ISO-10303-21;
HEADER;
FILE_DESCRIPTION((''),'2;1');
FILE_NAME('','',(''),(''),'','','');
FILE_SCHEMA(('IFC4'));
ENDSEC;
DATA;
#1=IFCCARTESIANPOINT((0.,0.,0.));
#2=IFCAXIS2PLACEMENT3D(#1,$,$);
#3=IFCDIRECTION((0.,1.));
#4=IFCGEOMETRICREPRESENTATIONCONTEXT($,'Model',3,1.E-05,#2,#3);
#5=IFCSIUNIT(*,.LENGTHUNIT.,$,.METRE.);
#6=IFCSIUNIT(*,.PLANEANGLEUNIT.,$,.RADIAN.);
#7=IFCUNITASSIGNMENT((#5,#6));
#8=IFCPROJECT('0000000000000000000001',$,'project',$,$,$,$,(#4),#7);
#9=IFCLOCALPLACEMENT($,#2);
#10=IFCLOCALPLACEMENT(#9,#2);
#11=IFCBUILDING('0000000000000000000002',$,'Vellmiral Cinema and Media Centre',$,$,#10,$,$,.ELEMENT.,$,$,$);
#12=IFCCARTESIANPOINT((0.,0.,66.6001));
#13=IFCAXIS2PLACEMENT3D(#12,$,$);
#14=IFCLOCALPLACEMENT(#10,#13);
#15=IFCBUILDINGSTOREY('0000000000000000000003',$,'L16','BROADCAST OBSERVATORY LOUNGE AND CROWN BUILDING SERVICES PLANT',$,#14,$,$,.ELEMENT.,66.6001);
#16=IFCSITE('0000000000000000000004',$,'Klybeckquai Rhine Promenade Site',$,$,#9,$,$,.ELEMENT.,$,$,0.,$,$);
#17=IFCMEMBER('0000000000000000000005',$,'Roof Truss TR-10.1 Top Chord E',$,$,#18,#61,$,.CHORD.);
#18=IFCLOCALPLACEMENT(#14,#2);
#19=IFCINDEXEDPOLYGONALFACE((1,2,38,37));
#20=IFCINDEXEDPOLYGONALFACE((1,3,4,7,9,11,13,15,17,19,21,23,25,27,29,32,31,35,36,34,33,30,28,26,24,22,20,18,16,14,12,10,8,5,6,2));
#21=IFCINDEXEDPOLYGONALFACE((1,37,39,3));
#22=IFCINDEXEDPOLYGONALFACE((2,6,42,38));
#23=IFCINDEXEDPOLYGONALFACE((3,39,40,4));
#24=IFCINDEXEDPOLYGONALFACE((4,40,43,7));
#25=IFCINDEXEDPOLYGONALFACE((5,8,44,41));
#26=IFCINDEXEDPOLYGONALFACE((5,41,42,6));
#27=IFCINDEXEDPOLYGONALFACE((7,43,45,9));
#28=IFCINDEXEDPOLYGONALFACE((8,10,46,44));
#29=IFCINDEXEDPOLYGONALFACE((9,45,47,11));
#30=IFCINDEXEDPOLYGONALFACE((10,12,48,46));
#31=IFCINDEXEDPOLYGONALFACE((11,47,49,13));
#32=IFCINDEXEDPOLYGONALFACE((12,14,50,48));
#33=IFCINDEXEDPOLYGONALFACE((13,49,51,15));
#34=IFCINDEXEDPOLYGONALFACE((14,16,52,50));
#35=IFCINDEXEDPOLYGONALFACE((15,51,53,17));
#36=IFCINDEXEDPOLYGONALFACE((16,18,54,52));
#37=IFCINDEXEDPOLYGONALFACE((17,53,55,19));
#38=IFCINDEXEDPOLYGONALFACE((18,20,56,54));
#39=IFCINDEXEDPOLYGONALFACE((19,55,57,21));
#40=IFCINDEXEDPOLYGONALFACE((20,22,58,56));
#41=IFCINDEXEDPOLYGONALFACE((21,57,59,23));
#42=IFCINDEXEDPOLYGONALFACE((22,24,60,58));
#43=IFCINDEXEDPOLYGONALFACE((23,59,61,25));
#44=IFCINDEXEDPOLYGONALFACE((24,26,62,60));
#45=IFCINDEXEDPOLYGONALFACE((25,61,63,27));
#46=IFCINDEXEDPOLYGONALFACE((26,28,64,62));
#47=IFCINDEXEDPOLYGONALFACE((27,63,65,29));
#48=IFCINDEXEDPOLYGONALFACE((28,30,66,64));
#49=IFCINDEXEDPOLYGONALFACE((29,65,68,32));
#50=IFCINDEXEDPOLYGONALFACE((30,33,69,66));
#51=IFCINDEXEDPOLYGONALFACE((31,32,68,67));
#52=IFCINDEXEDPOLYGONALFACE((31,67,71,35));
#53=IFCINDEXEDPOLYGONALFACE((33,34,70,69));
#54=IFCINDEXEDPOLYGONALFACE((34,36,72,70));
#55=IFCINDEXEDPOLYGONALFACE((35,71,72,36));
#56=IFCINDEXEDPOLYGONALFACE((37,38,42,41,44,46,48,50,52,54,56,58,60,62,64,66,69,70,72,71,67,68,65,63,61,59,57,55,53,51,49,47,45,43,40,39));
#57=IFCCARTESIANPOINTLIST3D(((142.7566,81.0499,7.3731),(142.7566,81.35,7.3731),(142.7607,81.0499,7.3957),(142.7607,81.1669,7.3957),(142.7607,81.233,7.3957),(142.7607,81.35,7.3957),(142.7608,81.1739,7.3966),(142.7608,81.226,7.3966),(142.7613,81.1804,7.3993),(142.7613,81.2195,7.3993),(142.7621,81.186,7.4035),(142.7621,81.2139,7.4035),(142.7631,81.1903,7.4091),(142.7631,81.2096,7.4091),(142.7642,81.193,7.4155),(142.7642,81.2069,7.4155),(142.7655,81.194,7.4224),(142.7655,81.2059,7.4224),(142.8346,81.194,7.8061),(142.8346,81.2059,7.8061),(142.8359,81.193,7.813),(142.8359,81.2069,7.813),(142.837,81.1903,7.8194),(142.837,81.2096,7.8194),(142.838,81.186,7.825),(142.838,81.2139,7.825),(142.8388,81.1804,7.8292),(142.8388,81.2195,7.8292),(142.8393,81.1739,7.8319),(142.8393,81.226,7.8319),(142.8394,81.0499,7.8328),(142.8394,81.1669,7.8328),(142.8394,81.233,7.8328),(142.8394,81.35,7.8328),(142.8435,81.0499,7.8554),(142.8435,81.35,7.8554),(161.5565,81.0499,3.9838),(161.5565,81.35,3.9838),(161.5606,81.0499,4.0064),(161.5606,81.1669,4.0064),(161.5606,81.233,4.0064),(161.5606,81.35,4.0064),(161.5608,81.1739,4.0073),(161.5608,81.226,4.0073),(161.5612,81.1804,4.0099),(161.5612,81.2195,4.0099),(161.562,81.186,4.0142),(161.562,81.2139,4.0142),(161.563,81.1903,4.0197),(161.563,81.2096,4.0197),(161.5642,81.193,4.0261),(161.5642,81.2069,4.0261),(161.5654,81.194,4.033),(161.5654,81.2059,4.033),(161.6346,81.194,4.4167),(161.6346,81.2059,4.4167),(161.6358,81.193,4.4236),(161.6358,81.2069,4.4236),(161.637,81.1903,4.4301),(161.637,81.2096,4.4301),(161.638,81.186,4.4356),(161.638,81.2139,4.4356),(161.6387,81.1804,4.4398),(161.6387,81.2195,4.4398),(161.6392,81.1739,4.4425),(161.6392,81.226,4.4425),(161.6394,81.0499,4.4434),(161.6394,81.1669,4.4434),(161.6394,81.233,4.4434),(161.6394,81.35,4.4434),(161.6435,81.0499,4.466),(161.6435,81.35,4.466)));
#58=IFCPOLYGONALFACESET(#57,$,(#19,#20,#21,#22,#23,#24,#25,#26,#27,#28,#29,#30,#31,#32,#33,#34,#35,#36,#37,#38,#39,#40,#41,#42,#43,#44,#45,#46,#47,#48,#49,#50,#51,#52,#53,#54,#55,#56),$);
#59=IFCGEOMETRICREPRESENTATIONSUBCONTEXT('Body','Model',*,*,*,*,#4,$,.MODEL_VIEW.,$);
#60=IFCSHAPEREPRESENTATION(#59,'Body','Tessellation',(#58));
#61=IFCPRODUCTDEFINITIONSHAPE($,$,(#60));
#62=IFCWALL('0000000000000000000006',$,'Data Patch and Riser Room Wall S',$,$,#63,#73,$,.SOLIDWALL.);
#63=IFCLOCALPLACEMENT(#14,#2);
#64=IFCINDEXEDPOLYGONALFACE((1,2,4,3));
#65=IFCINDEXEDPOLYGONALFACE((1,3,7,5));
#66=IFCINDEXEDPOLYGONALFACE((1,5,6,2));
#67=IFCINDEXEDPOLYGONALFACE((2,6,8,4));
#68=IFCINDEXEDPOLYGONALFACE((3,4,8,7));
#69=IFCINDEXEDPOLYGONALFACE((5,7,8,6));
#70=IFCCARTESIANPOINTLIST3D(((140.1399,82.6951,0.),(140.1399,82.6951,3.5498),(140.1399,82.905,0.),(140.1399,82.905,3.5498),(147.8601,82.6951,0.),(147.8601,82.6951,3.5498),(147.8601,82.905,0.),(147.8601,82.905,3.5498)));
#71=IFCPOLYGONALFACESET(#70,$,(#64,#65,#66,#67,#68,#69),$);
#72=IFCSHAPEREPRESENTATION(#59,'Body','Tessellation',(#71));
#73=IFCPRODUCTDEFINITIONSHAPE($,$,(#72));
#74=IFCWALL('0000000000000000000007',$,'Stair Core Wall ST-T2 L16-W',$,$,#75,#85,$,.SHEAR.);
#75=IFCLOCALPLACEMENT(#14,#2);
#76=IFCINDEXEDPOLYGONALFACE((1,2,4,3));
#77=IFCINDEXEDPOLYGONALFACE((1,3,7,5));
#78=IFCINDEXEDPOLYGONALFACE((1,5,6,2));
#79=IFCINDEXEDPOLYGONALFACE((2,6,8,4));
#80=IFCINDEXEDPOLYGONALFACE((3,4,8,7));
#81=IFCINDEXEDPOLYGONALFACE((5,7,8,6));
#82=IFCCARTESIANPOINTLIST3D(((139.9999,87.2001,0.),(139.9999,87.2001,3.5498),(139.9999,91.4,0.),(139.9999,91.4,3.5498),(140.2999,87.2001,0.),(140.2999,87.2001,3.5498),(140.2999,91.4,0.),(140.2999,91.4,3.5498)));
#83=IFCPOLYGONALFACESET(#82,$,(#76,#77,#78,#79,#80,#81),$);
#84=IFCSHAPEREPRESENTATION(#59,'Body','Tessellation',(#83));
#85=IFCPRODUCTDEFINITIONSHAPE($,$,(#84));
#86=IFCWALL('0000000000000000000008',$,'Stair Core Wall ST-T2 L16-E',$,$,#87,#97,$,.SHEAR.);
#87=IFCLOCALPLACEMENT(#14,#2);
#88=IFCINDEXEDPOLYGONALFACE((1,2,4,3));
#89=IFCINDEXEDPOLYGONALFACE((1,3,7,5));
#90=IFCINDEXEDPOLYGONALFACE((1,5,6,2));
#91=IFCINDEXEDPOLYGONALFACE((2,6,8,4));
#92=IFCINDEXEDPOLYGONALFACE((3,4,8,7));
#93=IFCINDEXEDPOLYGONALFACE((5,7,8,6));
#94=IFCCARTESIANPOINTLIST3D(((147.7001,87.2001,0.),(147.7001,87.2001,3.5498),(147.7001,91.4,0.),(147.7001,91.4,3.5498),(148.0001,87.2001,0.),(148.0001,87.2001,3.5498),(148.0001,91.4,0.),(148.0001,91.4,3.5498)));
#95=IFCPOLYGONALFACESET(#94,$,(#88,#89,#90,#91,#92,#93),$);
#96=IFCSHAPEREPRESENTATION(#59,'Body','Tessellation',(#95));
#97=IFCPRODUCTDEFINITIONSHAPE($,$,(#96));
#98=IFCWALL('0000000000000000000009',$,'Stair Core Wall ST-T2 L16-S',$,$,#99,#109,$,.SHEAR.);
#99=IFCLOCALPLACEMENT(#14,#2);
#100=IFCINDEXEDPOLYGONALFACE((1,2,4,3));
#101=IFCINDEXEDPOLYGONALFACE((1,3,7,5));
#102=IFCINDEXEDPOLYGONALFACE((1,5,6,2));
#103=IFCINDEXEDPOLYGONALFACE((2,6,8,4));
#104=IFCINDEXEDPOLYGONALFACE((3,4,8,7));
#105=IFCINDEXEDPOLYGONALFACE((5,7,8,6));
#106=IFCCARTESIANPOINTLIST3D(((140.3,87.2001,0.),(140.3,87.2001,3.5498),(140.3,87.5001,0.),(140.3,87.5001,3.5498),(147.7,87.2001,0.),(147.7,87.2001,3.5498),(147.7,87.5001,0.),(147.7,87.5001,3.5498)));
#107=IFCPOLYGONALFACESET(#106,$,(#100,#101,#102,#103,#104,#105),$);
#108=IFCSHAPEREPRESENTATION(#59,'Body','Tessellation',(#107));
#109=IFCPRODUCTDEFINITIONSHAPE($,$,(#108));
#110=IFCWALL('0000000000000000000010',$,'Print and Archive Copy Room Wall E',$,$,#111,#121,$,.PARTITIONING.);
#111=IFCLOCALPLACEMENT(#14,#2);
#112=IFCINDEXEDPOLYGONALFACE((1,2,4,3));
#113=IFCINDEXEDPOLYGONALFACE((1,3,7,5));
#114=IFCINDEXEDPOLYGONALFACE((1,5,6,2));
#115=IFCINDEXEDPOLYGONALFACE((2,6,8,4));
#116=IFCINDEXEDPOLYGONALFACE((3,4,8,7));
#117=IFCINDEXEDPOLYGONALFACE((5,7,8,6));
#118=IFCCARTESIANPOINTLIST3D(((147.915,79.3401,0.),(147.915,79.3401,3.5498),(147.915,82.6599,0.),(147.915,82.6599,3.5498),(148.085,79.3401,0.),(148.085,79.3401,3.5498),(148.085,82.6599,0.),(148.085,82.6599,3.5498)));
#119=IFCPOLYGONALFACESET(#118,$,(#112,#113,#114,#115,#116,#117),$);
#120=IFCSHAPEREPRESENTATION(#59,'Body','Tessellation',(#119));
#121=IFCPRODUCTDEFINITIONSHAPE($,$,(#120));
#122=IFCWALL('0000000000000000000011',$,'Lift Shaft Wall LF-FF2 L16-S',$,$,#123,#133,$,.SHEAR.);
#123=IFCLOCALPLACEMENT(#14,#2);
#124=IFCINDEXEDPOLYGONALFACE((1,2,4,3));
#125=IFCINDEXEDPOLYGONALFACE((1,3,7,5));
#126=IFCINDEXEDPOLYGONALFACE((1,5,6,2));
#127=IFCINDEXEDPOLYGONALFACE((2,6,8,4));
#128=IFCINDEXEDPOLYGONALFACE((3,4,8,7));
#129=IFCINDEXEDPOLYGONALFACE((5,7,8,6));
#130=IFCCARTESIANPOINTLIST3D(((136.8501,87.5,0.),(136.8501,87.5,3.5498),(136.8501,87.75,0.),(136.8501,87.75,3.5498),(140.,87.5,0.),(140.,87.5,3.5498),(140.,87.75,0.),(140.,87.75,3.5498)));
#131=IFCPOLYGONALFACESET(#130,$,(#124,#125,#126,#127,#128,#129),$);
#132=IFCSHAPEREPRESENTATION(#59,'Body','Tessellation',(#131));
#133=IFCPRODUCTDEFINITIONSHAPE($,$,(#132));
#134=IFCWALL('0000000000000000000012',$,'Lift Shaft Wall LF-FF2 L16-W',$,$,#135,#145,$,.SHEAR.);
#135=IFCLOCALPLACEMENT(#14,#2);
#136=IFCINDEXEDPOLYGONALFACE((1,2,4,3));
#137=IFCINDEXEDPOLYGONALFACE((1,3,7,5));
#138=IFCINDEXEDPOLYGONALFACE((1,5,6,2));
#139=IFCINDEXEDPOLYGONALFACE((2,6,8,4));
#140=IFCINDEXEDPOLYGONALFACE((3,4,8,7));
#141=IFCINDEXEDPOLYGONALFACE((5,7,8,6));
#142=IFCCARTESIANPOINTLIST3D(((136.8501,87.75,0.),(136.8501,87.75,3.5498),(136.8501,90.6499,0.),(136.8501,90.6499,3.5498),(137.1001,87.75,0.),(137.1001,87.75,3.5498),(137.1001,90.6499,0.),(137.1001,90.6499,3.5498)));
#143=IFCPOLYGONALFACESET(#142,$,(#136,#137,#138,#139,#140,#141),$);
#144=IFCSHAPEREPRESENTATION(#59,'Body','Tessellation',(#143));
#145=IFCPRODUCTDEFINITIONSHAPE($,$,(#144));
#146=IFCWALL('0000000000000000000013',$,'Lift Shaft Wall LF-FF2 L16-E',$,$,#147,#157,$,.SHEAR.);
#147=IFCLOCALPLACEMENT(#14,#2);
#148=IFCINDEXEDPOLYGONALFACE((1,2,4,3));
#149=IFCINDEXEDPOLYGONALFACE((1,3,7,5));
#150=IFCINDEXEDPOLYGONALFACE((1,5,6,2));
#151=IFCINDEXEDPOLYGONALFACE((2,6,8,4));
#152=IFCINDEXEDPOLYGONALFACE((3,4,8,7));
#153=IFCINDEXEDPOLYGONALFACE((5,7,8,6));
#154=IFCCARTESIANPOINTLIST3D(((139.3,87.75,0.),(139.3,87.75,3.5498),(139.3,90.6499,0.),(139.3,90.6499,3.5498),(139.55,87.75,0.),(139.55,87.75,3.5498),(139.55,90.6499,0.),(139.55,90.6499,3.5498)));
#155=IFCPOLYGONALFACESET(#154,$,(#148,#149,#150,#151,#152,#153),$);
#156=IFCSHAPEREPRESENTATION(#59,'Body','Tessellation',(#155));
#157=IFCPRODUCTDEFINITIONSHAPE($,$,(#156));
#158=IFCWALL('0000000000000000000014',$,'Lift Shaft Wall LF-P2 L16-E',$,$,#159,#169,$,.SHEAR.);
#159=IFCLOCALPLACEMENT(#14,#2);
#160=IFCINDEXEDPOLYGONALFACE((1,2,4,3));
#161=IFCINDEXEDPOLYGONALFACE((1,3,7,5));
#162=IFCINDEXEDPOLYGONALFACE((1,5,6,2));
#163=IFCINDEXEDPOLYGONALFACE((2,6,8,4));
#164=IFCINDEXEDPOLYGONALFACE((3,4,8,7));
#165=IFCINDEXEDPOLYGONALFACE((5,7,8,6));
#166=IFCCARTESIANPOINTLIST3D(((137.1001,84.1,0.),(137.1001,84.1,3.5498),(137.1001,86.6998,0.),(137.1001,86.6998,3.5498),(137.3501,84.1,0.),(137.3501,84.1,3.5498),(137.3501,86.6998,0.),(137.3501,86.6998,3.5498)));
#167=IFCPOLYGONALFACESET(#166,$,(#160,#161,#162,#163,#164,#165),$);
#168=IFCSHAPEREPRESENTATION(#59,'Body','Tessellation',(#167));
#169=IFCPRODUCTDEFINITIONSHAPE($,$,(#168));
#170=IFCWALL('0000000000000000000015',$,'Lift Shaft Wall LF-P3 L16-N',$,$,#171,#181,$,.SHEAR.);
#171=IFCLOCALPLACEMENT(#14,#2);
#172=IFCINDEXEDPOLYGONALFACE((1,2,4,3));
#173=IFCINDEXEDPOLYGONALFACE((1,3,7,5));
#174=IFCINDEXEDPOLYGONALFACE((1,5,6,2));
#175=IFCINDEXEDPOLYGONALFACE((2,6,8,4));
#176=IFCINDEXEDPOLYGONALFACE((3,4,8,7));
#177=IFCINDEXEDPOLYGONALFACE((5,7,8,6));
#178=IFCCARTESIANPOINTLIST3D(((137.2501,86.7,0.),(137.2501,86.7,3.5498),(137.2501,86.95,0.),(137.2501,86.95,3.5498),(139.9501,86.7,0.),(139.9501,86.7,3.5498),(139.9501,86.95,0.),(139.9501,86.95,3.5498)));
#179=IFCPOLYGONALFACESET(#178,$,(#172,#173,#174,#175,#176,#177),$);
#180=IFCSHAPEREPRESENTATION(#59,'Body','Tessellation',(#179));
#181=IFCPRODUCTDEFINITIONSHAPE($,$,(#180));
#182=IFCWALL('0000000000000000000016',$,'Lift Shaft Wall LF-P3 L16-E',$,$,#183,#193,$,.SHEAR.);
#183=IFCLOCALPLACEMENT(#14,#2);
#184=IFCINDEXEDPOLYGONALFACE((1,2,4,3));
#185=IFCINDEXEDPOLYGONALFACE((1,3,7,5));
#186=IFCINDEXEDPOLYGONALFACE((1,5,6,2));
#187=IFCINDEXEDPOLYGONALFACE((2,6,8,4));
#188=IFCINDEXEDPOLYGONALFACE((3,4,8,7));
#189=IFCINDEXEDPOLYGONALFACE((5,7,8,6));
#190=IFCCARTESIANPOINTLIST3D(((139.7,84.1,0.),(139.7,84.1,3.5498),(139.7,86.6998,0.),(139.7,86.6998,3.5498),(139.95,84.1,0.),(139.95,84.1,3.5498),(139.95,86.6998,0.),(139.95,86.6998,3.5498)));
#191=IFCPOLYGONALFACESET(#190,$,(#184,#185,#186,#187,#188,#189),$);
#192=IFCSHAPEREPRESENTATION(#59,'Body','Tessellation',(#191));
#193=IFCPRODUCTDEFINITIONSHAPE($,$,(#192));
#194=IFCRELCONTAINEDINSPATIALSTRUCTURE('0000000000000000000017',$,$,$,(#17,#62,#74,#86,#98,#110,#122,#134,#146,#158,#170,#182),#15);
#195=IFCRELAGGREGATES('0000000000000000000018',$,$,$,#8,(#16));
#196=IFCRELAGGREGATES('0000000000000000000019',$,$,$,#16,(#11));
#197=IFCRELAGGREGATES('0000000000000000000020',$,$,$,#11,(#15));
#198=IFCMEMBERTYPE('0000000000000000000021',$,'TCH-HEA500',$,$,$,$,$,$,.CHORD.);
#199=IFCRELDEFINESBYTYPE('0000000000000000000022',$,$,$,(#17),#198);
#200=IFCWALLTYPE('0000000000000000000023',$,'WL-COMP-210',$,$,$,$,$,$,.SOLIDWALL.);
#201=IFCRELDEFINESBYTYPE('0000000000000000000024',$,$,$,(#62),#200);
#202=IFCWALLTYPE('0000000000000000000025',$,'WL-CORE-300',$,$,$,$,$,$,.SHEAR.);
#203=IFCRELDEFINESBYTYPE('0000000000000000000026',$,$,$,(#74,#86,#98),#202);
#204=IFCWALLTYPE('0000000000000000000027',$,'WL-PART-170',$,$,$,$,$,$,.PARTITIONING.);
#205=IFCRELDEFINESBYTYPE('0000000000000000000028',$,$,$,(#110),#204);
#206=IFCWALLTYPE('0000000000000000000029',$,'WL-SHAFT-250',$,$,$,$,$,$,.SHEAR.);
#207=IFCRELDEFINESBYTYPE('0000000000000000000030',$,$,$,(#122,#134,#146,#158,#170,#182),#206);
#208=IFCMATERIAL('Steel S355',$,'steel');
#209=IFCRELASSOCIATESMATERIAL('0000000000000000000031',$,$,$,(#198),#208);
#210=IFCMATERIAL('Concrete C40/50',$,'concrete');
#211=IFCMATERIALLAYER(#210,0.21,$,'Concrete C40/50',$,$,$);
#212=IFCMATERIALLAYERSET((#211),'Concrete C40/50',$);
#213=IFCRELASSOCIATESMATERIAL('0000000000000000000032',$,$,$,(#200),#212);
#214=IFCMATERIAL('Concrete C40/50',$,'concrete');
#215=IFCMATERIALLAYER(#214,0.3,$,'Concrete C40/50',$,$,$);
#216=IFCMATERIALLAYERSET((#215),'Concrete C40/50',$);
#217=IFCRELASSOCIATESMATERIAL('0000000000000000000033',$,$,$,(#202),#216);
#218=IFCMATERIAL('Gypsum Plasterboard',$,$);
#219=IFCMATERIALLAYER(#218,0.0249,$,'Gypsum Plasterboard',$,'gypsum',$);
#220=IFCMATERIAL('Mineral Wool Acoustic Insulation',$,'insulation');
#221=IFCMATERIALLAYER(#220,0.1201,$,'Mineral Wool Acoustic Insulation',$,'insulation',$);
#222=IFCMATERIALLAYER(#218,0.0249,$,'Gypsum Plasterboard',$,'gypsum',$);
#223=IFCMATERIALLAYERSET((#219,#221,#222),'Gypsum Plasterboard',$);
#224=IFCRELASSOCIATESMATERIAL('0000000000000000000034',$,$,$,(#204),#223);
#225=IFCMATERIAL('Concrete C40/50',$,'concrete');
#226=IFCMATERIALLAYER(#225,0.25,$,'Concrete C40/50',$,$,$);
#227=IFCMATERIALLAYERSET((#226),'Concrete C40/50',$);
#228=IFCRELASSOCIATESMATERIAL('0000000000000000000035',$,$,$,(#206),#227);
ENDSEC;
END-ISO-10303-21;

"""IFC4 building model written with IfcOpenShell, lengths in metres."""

from ifc_helpers import new_model, si_unit, direction, frame, frame_2d, origin, origin_2d, place, context, subcontext, project, spatial, rectangle, i_section, extrude, material, layer, layer_set, material_profile, profile_set, type_object, element, save


model = new_model("IFC4")

# Units and contexts
model_context = context("Model", 3, precision=1e-05, world=origin(), true_north=direction((0.0, 1.0)))
body_context = subcontext(model_context, "Body", "Model", "MODEL_VIEW")
ifc_project = project(units=[si_unit("LENGTHUNIT", "METRE"), si_unit("PLANEANGLEUNIT", "RADIAN")], contexts=[model_context])

# Site, building, storey
site_placement = place(None, origin())
site = spatial("IfcSite", under=ifc_project, at=site_placement, Name="Klybeckquai Rhine Promenade Site", CompositionType="ELEMENT", RefElevation=0.0)
building_placement = place(site_placement, origin())
building = spatial("IfcBuilding", under=site, at=building_placement, Name="Vellmiral Cinema and Media Centre", CompositionType="ELEMENT")
storey_placement = place(building_placement, frame((0.0, 0.0, 66.6001)))
storey = spatial("IfcBuildingStorey", under=building, at=storey_placement, Name="L16", Description="BROADCAST OBSERVATORY LOUNGE AND CROWN BUILDING SERVICES PLANT", CompositionType="ELEMENT", Elevation=66.6001)

# Member
ifc_material_1 = material(Name="Steel S355", Category="steel")
ifc_material_profile_1 = material_profile(ifc_material_1, i_section(OverallWidth=0.3, OverallDepth=0.49, WebThickness=0.012, FlangeThickness=0.0229, FilletRadius=0.0271, at=origin_2d()), Name="HEA 500")
ifc_profile_set_1 = profile_set([ifc_material_profile_1], Name="Steel S355")
member_type_1 = type_object("IfcMemberType", Name="TCH-HEA500", PredefinedType="CHORD", material=ifc_profile_set_1)
member_1_placement = place(storey_placement, frame((142.8, 81.2, 7.6143), z_axis=(0.984134, 0.0, -0.177427), x_axis=(0.0, 1.0, 0.0)))
element("IfcMember", 1, at=member_1_placement, inside=storey, type_object=member_type_1, Name="Roof Truss TR-10.1 Top Chord E", PredefinedType="CHORD", context=body_context, shape_type="SweptSolid", body=[
    extrude(i_section(OverallWidth=0.3, OverallDepth=0.49, WebThickness=0.012, FlangeThickness=0.0229, FilletRadius=0.0271, at=origin_2d()), origin(), (0.0, 0.0, 1.0), 19.103),
])

# Wall
ifc_material_2 = material(Name="Concrete C40/50", Category="concrete")
ifc_layer_1 = layer(ifc_material_2, 0.21, Name="Concrete C40/50")
ifc_layer_set_1 = layer_set([ifc_layer_1], Name="Concrete C40/50")
wall_type_1 = type_object("IfcWallType", Name="WL-COMP-210", PredefinedType="SOLIDWALL", material=ifc_layer_set_1)
wall_1_placement = place(storey_placement, frame((140.1399, 82.8, 0.0), z_axis=(0.0, 0.0, 1.0), x_axis=(1.0, 0.0, 0.0)))
element("IfcWall", 2, at=wall_1_placement, inside=storey, type_object=wall_type_1, Name="Data Patch and Riser Room Wall S", PredefinedType="SOLIDWALL", context=body_context, shape_type="SweptSolid", body=[
    extrude(rectangle(XDim=7.7202, YDim=0.21, at=frame_2d((3.8601, 0.0))), origin(), (0.0, 0.0, 1.0), 3.5498),
])

# Walls
ifc_material_3 = material(Name="Concrete C40/50", Category="concrete")
ifc_layer_2 = layer(ifc_material_3, 0.3, Name="Concrete C40/50")
ifc_layer_set_2 = layer_set([ifc_layer_2], Name="Concrete C40/50")
wall_type_2 = type_object("IfcWallType", Name="WL-CORE-300", PredefinedType="SHEAR", material=ifc_layer_set_2)
for number, where, z_axis, x_axis, name in (
    (3, (140.1499, 87.2, 0.0), (0.0, 0.0, 1.0), (0.0, 1.0, 0.0), "Stair Core Wall ST-T2 L16-W"),
    (4, (147.8501, 87.2, 0.0), (0.0, 0.0, 1.0), (0.0, 1.0, 0.0), "Stair Core Wall ST-T2 L16-E"),
):
    element("IfcWall", number, at=place(storey_placement, frame(where, z_axis=z_axis, x_axis=x_axis)), inside=storey, type_object=wall_type_2, Name=name, PredefinedType="SHEAR", context=body_context, shape_type="SweptSolid", body=[
        extrude(rectangle(XDim=4.2, YDim=0.3, at=frame_2d((2.1001, 0.0))), origin(), (0.0, 0.0, 1.0), 3.5498),
    ])
wall_2_placement = place(storey_placement, frame((140.3, 87.3501, 0.0), z_axis=(0.0, 0.0, 1.0), x_axis=(1.0, 0.0, 0.0)))
element("IfcWall", 5, at=wall_2_placement, inside=storey, type_object=wall_type_2, Name="Stair Core Wall ST-T2 L16-S", PredefinedType="SHEAR", context=body_context, shape_type="SweptSolid", body=[
    extrude(rectangle(XDim=7.3999, YDim=0.3, at=frame_2d((3.7, 0.0))), origin(), (0.0, 0.0, 1.0), 3.5498),
])
ifc_material_4 = material(Name="Gypsum Plasterboard")
ifc_layer_3 = layer(ifc_material_4, 0.0249, Name="Gypsum Plasterboard", Category="gypsum")
ifc_material_5 = material(Name="Mineral Wool Acoustic Insulation", Category="insulation")
ifc_layer_4 = layer(ifc_material_5, 0.1201, Name="Mineral Wool Acoustic Insulation", Category="insulation")
ifc_layer_5 = layer(ifc_material_4, 0.0249, Name="Gypsum Plasterboard", Category="gypsum")
ifc_layer_set_3 = layer_set([ifc_layer_3, ifc_layer_4, ifc_layer_5], Name="Gypsum Plasterboard")
wall_type_3 = type_object("IfcWallType", Name="WL-PART-170", PredefinedType="PARTITIONING", material=ifc_layer_set_3)
wall_3_placement = place(storey_placement, frame((148.0, 79.3401, 0.0), z_axis=(0.0, 0.0, 1.0), x_axis=(0.0, 1.0, 0.0)))
element("IfcWall", 6, at=wall_3_placement, inside=storey, type_object=wall_type_3, Name="Print and Archive Copy Room Wall E", PredefinedType="PARTITIONING", context=body_context, shape_type="SweptSolid", body=[
    extrude(rectangle(XDim=3.3198, YDim=0.1699, at=frame_2d((1.6599, 0.0))), origin(), (0.0, 0.0, 1.0), 3.5498),
])
ifc_material_6 = material(Name="Concrete C40/50", Category="concrete")
ifc_layer_6 = layer(ifc_material_6, 0.25, Name="Concrete C40/50")
ifc_layer_set_4 = layer_set([ifc_layer_6], Name="Concrete C40/50")
wall_type_4 = type_object("IfcWallType", Name="WL-SHAFT-250", PredefinedType="SHEAR", material=ifc_layer_set_4)
wall_4_placement = place(storey_placement, frame((136.8501, 87.625, 0.0), z_axis=(0.0, 0.0, 1.0), x_axis=(1.0, 0.0, 0.0)))
element("IfcWall", 7, at=wall_4_placement, inside=storey, type_object=wall_type_4, Name="Lift Shaft Wall LF-FF2 L16-S", PredefinedType="SHEAR", context=body_context, shape_type="SweptSolid", body=[
    extrude(rectangle(XDim=3.1499, YDim=0.25, at=frame_2d((1.575, 0.0))), origin(), (0.0, 0.0, 1.0), 3.5498),
])
for number, where, z_axis, x_axis, name in (
    (8, (136.9751, 87.75, 0.0), (0.0, 0.0, 1.0), (0.0, 1.0, 0.0), "Lift Shaft Wall LF-FF2 L16-W"),
    (9, (139.425, 87.75, 0.0), (0.0, 0.0, 1.0), (0.0, 1.0, 0.0), "Lift Shaft Wall LF-FF2 L16-E"),
):
    element("IfcWall", number, at=place(storey_placement, frame(where, z_axis=z_axis, x_axis=x_axis)), inside=storey, type_object=wall_type_4, Name=name, PredefinedType="SHEAR", context=body_context, shape_type="SweptSolid", body=[
        extrude(rectangle(XDim=2.8999, YDim=0.25, at=frame_2d((1.45, 0.0))), origin(), (0.0, 0.0, 1.0), 3.5498),
    ])
wall_5_placement = place(storey_placement, frame((137.2251, 84.1001, 0.0), z_axis=(0.0, 0.0, 1.0), x_axis=(0.0, 1.0, 0.0)))
element("IfcWall", 10, at=wall_5_placement, inside=storey, type_object=wall_type_4, Name="Lift Shaft Wall LF-P2 L16-E", PredefinedType="SHEAR", context=body_context, shape_type="SweptSolid", body=[
    extrude(rectangle(XDim=2.5999, YDim=0.25, at=frame_2d((1.2998, 0.0))), origin(), (0.0, 0.0, 1.0), 3.5498),
])

# Walls
wall_6_placement = place(storey_placement, frame((137.25, 86.825, 0.0), z_axis=(0.0, 0.0, 1.0), x_axis=(1.0, 0.0, 0.0)))
element("IfcWall", 11, at=wall_6_placement, inside=storey, type_object=wall_type_4, Name="Lift Shaft Wall LF-P3 L16-N", PredefinedType="SHEAR", context=body_context, shape_type="SweptSolid", body=[
    extrude(rectangle(XDim=2.7, YDim=0.25, at=frame_2d((1.3501, 0.0))), origin(), (0.0, 0.0, 1.0), 3.5498),
])
wall_7_placement = place(storey_placement, frame((139.825, 84.1001, 0.0), z_axis=(0.0, 0.0, 1.0), x_axis=(0.0, 1.0, 0.0)))
element("IfcWall", 12, at=wall_7_placement, inside=storey, type_object=wall_type_4, Name="Lift Shaft Wall LF-P3 L16-E", PredefinedType="SHEAR", context=body_context, shape_type="SweptSolid", body=[
    extrude(rectangle(XDim=2.5999, YDim=0.25, at=frame_2d((1.2998, 0.0))), origin(), (0.0, 0.0, 1.0), 3.5498),
])

save(model, "model.ifc")
